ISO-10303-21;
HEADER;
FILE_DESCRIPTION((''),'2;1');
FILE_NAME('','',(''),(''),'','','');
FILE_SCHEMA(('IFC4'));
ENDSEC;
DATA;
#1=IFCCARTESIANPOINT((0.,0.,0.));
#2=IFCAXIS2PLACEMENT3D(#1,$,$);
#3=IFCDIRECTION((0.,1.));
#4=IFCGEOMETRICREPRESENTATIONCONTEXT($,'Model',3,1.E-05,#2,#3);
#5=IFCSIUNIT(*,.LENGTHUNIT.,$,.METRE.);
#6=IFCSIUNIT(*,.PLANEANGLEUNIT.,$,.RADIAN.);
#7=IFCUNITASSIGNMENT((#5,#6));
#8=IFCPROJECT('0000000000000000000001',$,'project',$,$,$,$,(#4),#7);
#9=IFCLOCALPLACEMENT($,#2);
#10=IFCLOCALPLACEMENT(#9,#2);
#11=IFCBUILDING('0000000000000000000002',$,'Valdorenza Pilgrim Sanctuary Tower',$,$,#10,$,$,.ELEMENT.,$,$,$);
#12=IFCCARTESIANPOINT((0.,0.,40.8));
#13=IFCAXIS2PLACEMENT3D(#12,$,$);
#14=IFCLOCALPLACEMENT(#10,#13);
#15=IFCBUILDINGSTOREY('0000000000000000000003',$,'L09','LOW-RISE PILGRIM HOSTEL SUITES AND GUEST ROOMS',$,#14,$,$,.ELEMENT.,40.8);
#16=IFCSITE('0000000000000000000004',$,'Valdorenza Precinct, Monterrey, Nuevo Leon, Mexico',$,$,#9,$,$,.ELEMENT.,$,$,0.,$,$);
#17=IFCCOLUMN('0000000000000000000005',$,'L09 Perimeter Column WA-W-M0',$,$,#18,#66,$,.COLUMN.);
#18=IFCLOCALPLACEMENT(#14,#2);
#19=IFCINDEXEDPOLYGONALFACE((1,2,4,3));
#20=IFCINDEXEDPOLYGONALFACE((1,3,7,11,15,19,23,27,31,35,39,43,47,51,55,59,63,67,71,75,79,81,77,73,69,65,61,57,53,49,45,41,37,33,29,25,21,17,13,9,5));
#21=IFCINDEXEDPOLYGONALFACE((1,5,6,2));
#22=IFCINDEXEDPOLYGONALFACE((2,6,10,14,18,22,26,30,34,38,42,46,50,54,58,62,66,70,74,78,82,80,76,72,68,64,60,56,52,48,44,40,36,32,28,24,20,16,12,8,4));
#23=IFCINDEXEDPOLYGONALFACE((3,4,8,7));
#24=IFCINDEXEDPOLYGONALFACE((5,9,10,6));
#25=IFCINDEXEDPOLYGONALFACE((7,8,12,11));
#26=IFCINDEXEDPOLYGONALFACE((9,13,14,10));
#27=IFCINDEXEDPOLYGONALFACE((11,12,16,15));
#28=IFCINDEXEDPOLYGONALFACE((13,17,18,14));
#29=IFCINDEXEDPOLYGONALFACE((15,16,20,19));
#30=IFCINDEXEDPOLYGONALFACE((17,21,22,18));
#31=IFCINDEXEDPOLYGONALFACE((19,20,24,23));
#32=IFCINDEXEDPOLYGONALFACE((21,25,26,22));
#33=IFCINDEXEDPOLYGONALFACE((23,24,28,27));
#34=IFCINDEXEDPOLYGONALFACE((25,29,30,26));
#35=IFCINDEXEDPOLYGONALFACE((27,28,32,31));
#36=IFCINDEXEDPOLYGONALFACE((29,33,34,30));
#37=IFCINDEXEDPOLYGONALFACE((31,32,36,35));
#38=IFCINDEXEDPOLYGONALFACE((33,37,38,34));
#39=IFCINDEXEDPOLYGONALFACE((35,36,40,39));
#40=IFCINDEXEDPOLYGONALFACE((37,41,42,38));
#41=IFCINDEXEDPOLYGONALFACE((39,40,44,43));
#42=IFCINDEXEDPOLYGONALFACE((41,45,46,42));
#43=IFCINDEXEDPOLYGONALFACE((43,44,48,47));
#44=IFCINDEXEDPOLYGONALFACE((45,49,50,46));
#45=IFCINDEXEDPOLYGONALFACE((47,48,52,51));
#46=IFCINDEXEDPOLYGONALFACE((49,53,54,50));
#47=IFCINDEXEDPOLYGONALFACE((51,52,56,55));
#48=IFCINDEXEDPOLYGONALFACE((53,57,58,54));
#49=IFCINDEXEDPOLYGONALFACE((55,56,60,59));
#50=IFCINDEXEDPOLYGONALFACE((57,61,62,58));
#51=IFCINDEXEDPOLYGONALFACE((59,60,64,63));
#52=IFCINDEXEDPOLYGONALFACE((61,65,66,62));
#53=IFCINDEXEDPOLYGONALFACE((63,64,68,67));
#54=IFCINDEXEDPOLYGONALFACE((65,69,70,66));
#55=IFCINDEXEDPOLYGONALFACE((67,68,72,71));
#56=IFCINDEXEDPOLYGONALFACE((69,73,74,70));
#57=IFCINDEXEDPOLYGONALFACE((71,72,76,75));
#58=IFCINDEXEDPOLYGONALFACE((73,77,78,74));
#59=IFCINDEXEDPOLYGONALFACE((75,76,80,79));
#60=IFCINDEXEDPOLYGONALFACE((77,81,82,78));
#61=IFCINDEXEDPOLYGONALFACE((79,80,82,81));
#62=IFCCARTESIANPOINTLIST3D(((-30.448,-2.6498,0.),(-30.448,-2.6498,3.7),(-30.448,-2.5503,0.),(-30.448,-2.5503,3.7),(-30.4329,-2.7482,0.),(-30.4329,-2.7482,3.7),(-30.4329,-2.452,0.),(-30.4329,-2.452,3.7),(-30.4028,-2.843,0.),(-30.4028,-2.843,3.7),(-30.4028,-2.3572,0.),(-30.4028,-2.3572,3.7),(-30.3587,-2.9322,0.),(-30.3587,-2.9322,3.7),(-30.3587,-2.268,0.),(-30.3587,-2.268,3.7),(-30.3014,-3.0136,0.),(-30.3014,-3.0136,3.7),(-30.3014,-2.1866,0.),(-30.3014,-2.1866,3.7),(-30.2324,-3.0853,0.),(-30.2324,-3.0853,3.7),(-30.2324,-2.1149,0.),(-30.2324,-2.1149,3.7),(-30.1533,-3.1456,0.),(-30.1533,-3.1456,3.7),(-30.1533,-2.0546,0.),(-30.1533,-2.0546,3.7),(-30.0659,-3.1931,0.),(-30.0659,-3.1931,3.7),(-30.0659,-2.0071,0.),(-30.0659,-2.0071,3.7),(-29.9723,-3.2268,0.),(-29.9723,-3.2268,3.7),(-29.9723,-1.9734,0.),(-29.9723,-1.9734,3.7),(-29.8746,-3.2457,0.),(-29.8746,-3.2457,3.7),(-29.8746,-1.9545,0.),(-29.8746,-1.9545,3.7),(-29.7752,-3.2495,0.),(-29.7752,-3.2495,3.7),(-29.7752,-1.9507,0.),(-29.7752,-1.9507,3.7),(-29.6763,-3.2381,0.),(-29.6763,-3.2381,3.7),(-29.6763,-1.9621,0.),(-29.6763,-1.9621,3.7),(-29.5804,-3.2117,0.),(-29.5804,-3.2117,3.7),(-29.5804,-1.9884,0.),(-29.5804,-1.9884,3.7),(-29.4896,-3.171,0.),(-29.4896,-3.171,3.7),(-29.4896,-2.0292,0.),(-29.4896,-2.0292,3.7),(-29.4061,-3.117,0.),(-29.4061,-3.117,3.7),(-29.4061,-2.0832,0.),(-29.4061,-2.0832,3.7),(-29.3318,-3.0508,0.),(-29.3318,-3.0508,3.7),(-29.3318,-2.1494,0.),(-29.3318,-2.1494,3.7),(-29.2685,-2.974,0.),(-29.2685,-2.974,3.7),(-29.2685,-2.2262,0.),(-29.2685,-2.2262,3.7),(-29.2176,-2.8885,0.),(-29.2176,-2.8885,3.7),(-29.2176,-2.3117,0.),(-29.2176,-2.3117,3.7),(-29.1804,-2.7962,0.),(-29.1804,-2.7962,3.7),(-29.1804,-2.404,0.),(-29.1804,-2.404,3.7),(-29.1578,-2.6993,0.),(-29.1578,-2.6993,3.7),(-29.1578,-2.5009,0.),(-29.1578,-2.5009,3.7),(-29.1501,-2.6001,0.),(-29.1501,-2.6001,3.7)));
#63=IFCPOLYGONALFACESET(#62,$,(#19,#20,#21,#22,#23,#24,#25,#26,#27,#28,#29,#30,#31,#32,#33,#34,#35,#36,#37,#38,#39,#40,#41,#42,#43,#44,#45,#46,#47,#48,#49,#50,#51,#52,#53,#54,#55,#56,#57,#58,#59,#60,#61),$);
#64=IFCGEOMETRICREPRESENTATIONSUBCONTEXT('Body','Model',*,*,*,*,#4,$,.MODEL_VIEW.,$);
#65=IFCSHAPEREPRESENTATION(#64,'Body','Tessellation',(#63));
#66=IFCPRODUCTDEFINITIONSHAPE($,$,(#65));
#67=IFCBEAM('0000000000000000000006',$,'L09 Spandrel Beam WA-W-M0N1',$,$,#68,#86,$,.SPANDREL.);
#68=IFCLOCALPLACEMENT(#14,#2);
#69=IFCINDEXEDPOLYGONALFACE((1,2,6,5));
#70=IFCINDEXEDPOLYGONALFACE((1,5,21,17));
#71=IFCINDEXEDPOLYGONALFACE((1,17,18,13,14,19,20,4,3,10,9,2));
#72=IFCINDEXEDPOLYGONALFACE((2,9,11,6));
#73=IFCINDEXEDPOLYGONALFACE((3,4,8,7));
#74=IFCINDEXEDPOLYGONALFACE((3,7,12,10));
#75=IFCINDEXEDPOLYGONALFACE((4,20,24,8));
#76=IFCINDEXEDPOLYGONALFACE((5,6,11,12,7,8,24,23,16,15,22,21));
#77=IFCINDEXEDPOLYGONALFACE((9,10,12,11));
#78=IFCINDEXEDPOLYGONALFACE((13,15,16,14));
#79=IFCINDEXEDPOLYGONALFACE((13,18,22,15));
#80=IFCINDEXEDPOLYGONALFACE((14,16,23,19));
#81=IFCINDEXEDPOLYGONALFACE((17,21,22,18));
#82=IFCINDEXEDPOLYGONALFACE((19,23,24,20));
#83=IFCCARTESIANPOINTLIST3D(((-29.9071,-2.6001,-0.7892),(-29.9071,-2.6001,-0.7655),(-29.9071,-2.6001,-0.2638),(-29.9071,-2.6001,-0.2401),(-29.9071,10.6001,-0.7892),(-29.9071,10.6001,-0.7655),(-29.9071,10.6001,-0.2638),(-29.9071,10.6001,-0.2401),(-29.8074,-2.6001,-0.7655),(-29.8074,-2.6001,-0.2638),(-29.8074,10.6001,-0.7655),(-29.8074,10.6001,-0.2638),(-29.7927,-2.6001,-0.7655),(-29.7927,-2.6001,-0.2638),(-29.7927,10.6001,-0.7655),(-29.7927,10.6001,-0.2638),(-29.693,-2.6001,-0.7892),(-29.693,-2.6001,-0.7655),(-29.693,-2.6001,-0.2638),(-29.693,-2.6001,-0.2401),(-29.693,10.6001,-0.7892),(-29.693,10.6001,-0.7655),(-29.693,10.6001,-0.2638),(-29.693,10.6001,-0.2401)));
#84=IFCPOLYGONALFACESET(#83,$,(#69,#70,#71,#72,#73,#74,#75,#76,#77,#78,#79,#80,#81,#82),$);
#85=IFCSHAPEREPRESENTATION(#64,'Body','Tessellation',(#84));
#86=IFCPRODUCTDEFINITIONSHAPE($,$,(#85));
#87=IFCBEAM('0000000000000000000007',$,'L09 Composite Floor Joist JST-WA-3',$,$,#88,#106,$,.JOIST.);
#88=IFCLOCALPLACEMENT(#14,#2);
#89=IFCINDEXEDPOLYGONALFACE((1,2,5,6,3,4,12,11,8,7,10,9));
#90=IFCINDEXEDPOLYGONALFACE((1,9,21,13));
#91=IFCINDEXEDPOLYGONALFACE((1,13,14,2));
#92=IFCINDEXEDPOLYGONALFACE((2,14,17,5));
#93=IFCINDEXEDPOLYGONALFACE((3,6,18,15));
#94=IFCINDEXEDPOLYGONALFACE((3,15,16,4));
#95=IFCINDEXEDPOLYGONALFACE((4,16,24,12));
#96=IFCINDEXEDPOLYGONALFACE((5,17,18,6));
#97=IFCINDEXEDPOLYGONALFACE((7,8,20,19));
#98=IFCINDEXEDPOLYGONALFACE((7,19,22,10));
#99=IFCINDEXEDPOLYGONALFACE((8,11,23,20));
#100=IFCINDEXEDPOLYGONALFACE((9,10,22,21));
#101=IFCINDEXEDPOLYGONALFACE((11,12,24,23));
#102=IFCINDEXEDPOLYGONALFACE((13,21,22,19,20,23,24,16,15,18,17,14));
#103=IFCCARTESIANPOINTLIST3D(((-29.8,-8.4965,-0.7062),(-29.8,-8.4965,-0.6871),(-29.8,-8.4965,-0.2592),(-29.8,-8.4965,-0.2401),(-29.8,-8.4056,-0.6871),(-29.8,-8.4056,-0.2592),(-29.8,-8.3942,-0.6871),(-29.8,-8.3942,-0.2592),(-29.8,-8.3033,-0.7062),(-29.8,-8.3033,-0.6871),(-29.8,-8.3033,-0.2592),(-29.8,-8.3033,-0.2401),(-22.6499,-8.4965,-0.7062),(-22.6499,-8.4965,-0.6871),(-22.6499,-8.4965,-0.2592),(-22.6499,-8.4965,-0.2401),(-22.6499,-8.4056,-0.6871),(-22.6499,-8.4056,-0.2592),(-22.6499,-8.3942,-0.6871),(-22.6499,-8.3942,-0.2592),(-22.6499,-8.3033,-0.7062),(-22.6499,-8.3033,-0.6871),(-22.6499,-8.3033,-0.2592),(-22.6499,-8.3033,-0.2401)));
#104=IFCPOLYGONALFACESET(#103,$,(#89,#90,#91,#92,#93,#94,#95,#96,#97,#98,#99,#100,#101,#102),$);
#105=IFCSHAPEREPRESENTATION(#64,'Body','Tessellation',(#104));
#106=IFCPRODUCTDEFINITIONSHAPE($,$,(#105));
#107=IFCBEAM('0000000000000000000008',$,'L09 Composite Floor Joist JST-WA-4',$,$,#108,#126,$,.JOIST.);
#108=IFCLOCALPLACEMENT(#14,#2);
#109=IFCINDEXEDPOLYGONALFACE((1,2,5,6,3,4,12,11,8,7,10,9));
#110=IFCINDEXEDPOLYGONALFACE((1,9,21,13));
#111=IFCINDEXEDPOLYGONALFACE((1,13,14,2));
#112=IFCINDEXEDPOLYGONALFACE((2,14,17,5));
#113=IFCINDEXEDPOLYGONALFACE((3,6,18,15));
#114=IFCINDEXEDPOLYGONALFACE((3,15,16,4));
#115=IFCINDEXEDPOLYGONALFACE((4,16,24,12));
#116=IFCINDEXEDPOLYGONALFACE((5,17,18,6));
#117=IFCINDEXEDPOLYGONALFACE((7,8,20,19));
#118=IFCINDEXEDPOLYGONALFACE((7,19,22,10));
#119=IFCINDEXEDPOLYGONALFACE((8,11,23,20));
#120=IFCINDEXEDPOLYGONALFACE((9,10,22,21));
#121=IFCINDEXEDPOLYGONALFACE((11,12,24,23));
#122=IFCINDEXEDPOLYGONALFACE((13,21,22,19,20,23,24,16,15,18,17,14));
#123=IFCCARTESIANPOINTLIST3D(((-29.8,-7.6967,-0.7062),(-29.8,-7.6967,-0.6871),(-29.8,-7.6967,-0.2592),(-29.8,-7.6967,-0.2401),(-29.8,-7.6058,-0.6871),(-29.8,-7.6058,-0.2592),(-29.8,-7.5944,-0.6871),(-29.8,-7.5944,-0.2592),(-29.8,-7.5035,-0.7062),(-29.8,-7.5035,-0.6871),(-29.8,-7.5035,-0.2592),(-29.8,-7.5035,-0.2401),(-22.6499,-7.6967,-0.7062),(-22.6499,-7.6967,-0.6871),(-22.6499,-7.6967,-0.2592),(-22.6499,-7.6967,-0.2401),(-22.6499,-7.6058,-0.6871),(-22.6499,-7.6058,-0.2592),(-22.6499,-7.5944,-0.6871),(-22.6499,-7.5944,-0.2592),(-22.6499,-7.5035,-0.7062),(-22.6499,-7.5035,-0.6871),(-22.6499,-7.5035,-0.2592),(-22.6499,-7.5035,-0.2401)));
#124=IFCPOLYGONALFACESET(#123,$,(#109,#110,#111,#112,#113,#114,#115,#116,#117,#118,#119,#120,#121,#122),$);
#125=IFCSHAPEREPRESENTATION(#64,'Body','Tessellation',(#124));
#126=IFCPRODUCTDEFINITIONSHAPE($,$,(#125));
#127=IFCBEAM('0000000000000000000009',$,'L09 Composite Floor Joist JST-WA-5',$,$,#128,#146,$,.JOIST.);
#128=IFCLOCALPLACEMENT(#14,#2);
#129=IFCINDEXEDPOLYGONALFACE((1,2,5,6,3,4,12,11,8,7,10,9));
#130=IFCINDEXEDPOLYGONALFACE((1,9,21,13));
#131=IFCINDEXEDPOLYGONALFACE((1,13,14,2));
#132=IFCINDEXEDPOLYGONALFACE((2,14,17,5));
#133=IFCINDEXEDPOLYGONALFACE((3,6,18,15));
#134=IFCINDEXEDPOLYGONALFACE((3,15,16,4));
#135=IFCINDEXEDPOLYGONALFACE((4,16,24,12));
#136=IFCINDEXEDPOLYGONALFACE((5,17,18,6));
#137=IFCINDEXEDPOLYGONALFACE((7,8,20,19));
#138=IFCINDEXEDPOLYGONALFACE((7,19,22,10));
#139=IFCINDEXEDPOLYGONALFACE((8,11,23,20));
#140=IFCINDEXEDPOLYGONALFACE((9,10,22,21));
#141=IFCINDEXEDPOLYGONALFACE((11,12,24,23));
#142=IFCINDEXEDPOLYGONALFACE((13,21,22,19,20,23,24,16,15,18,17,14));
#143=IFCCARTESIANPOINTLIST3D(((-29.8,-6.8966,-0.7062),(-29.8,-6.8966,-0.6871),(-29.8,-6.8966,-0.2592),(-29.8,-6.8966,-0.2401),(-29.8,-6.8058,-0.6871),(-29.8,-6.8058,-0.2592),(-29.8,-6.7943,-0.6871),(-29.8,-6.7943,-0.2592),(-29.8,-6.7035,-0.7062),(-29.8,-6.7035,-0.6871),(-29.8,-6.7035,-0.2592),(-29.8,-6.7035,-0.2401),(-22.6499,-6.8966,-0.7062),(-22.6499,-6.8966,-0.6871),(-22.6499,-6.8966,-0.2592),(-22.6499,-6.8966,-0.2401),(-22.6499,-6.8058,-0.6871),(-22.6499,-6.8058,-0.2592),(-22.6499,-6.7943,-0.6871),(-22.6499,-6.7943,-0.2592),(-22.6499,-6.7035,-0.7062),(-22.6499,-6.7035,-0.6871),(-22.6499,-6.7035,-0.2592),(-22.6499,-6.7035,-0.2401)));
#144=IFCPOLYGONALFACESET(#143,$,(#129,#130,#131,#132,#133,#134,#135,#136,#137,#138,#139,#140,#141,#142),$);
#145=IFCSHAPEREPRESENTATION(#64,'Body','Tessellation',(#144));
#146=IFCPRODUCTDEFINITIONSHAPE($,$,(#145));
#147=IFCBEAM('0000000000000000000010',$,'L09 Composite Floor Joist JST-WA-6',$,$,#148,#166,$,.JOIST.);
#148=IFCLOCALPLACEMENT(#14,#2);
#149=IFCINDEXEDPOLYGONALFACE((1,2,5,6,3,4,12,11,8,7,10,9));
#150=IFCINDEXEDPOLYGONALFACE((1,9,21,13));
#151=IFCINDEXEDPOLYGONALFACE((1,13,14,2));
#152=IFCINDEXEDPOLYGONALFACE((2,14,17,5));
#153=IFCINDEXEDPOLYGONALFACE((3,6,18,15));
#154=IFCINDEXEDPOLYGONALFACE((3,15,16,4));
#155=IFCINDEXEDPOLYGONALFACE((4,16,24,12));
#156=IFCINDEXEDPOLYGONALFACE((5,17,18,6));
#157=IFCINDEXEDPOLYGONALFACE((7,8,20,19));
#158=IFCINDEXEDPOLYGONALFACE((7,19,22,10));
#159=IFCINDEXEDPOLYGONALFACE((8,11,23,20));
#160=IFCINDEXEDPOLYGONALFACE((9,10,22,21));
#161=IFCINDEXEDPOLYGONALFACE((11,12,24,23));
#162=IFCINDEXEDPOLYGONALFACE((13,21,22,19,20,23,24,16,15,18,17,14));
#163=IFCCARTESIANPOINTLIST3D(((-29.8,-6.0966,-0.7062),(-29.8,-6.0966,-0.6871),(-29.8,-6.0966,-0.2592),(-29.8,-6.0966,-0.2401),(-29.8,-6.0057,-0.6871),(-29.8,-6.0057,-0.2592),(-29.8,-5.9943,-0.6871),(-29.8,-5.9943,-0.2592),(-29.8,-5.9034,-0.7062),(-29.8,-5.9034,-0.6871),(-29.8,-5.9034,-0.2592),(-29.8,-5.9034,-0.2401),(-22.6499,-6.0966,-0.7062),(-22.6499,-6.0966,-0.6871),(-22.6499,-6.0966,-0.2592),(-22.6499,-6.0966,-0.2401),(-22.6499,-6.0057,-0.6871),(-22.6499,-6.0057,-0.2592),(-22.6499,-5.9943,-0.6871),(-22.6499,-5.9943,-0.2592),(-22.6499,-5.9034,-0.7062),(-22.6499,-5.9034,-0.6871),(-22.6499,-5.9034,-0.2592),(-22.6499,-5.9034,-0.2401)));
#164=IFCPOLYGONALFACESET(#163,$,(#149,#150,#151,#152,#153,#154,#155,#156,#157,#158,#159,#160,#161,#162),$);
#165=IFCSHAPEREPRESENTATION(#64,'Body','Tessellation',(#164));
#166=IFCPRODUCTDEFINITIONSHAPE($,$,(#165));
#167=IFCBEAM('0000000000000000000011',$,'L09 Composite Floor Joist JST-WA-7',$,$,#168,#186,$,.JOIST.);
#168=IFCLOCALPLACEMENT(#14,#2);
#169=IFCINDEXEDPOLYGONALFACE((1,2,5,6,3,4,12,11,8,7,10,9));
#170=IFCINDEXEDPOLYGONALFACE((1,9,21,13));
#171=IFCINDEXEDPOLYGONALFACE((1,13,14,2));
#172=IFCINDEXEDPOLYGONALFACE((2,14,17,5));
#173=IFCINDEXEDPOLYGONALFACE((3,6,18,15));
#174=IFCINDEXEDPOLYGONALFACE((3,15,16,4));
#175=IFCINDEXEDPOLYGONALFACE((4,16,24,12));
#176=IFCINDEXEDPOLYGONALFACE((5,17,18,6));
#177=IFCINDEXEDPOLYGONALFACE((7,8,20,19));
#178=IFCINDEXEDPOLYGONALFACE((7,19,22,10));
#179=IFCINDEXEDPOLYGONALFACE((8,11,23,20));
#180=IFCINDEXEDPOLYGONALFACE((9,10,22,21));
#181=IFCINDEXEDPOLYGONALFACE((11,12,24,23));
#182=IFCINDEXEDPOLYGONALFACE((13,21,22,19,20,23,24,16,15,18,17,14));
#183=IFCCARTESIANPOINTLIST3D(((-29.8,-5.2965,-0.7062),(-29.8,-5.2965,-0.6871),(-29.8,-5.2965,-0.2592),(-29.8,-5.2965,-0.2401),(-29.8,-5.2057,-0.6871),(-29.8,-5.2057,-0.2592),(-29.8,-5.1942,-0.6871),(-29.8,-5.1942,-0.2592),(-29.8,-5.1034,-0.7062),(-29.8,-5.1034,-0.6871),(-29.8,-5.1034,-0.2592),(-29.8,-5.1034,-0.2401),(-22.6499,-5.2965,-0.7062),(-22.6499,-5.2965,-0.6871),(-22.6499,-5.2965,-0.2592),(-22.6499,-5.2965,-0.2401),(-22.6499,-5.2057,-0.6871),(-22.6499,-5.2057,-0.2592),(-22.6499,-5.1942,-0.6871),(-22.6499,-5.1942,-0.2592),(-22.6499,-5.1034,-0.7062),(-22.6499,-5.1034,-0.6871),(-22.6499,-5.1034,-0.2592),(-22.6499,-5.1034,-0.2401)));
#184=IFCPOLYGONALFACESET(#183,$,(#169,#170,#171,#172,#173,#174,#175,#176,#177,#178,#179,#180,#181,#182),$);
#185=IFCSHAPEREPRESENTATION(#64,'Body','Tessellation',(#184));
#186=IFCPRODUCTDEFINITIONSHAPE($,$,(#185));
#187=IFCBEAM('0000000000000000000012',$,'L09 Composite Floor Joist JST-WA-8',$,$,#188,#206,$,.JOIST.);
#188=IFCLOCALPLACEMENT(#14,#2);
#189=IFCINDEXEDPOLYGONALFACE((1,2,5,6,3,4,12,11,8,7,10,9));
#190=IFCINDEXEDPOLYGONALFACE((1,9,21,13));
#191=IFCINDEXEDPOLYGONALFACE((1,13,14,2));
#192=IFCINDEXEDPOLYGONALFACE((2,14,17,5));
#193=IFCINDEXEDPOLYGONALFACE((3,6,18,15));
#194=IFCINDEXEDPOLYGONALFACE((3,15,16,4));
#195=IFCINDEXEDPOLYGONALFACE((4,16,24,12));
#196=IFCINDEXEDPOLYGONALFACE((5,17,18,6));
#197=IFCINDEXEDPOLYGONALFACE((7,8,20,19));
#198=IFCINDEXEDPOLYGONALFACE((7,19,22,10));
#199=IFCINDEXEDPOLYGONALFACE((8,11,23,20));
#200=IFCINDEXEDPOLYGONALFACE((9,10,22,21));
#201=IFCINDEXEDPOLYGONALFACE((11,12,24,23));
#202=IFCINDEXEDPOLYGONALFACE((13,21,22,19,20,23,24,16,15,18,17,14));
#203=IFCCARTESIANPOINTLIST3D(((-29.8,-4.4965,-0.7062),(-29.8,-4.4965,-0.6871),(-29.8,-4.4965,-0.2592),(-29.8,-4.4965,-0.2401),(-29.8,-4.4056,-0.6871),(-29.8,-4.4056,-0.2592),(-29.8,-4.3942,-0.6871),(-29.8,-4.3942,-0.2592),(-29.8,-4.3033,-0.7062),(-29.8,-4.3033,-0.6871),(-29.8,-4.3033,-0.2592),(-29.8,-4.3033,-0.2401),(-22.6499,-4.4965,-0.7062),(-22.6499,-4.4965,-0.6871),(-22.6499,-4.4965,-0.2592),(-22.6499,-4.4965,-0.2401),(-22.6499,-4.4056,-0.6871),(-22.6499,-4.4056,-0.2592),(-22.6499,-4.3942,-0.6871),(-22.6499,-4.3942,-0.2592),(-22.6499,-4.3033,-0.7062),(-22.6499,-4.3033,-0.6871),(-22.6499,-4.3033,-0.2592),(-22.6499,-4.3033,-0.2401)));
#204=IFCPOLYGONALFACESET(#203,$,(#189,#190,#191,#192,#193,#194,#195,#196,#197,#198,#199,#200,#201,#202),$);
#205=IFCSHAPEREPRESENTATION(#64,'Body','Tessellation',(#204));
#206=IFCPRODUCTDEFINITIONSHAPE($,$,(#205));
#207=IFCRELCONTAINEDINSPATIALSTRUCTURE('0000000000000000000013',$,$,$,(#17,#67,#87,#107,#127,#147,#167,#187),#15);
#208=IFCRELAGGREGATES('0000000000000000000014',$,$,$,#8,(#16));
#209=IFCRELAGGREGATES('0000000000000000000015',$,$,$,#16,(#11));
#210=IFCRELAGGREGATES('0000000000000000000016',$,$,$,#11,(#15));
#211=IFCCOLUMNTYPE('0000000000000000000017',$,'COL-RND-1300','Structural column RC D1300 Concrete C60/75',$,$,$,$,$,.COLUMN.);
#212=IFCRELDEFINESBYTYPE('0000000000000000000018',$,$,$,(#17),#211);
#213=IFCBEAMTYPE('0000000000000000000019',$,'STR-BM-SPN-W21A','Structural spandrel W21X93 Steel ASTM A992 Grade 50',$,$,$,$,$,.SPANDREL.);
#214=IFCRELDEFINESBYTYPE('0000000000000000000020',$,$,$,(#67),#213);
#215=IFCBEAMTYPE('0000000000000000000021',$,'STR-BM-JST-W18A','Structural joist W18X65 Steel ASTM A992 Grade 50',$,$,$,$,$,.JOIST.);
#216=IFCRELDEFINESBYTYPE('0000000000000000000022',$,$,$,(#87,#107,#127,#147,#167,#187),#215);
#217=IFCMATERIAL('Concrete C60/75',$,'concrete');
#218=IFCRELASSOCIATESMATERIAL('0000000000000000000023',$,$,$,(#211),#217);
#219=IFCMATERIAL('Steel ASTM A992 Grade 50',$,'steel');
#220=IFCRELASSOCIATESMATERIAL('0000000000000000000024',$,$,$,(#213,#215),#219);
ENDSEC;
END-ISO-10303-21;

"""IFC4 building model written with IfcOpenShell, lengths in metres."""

from ifc_helpers import new_model, si_unit, direction, frame, origin, origin_2d, place, context, subcontext, project, spatial, circle, i_section, extrude, source, transform, mapped, material, material_profile, profile_set, type_object, element, save


model = new_model("IFC4")

# Units and contexts
model_context = context("Model", 3, precision=1e-05, world=origin(), true_north=direction((0.0, 1.0)))
body_context = subcontext(model_context, "Body", "Model", "MODEL_VIEW")
ifc_project = project(units=[si_unit("LENGTHUNIT", "METRE"), si_unit("PLANEANGLEUNIT", "RADIAN")], contexts=[model_context])

# Site, building, storey
site_placement = place(None, origin())
site = spatial("IfcSite", under=ifc_project, at=site_placement, Name="Valdorenza Precinct, Monterrey, Nuevo Leon, Mexico", CompositionType="ELEMENT", RefElevation=0.0)
building_placement = place(site_placement, origin())
building = spatial("IfcBuilding", under=site, at=building_placement, Name="Valdorenza Pilgrim Sanctuary Tower", CompositionType="ELEMENT")
storey_placement = place(building_placement, frame((0.0, 0.0, 40.8)))
storey = spatial("IfcBuildingStorey", under=building, at=storey_placement, Name="L09", Description="LOW-RISE PILGRIM HOSTEL SUITES AND GUEST ROOMS", CompositionType="ELEMENT", Elevation=40.8)

# Column
ifc_material_1 = material(Name="Concrete C60/75", Category="concrete")
ifc_material_profile_1 = material_profile(ifc_material_1, circle(Radius=0.6499, at=origin_2d()), Name="RC D1300")
ifc_profile_set_1 = profile_set([ifc_material_profile_1], Name="Concrete C60/75")
column_type = type_object("IfcColumnType", Name="COL-RND-1300", Description="Structural column RC D1300 Concrete C60/75", PredefinedType="COLUMN", material=ifc_profile_set_1)
shared_shape_1 = source(origin(), body_context, "Body", "SweptSolid", [
    extrude(circle(Radius=0.6499, at=origin_2d()), origin(), (0.0, 0.0, 1.0), 3.7),
])
column_placement = place(storey_placement, frame((-29.8, -2.6001, 0.0), z_axis=(0.0, 0.0, 1.0), x_axis=(1.0, 0.0, 0.0)))
element("IfcColumn", 1, at=column_placement, inside=storey, type_object=column_type, Name="L09 Perimeter Column WA-W-M0", PredefinedType="COLUMN", context=body_context, shape_type="MappedRepresentation", body=[
    mapped(shared_shape_1, transform((0.0, 0.0, 0.0), x_axis=(1.0, 0.0, 0.0), y_axis=(0.0, 1.0, 0.0), z_axis=(0.0, 0.0, 1.0), scale=1.0)),
])

# Beams
ifc_material_2 = material(Name="Steel ASTM A992 Grade 50", Category="steel")
ifc_material_profile_2 = material_profile(ifc_material_2, i_section(OverallWidth=0.2141, OverallDepth=0.5491, WebThickness=0.0146, FlangeThickness=0.0237, at=origin_2d()), Name="W21X93")
ifc_profile_set_2 = profile_set([ifc_material_profile_2], Name="Steel ASTM A992 Grade 50")
beam_type_1 = type_object("IfcBeamType", Name="STR-BM-SPN-W21A", Description="Structural spandrel W21X93 Steel ASTM A992 Grade 50", PredefinedType="SPANDREL", material=ifc_profile_set_2)
shared_shape_2 = source(origin(), body_context, "Body", "SweptSolid", [
    extrude(i_section(OverallWidth=0.2141, OverallDepth=0.5491, WebThickness=0.0146, FlangeThickness=0.0237, at=origin_2d()), origin(), (0.0, 0.0, 1.0), 13.2002),
])
beam_1_placement = place(storey_placement, frame((-29.8, -2.6001, -0.5146), z_axis=(0.0, 1.0, 0.0), x_axis=(-1.0, 0.0, 0.0)))
element("IfcBeam", 2, at=beam_1_placement, inside=storey, type_object=beam_type_1, Name="L09 Spandrel Beam WA-W-M0N1", PredefinedType="SPANDREL", context=body_context, shape_type="MappedRepresentation", body=[
    mapped(shared_shape_2, transform((0.0, 0.0, 0.0), x_axis=(1.0, 0.0, 0.0), y_axis=(0.0, 1.0, 0.0), z_axis=(0.0, 0.0, 1.0), scale=1.0)),
])
ifc_material_profile_3 = material_profile(ifc_material_2, i_section(OverallWidth=0.1931, OverallDepth=0.4661, WebThickness=0.0115, FlangeThickness=0.019, at=origin_2d()), Name="W18X65")
ifc_profile_set_3 = profile_set([ifc_material_profile_3], Name="Steel ASTM A992 Grade 50")
beam_type_2 = type_object("IfcBeamType", Name="STR-BM-JST-W18A", Description="Structural joist W18X65 Steel ASTM A992 Grade 50", PredefinedType="JOIST", material=ifc_profile_set_3)
shared_shape_3 = source(origin(), body_context, "Body", "SweptSolid", [
    extrude(i_section(OverallWidth=0.1931, OverallDepth=0.4661, WebThickness=0.0115, FlangeThickness=0.019, at=origin_2d()), origin(), (0.0, 0.0, 1.0), 7.1501),
])
for number, where, z_axis, x_axis, name in (
    (3, (-29.8, -8.3999, -0.4731), (1.0, 0.0, 0.0), (0.0, 1.0, 0.0), "L09 Composite Floor Joist JST-WA-3"),
    (4, (-29.8, -7.6001, -0.4731), (1.0, 0.0, 0.0), (0.0, 1.0, 0.0), "L09 Composite Floor Joist JST-WA-4"),
    (5, (-29.8, -6.8, -0.4731), (1.0, 0.0, 0.0), (0.0, 1.0, 0.0), "L09 Composite Floor Joist JST-WA-5"),
    (6, (-29.8, -6.0, -0.4731), (1.0, 0.0, 0.0), (0.0, 1.0, 0.0), "L09 Composite Floor Joist JST-WA-6"),
    (7, (-29.8, -5.2, -0.4731), (1.0, 0.0, 0.0), (0.0, 1.0, 0.0), "L09 Composite Floor Joist JST-WA-7"),
    (8, (-29.8, -4.3999, -0.4731), (1.0, 0.0, 0.0), (0.0, 1.0, 0.0), "L09 Composite Floor Joist JST-WA-8"),
):
    element("IfcBeam", number, at=place(storey_placement, frame(where, z_axis=z_axis, x_axis=x_axis)), inside=storey, type_object=beam_type_2, Name=name, PredefinedType="JOIST", context=body_context, shape_type="MappedRepresentation", body=[
        mapped(shared_shape_3, transform((0.0, 0.0, 0.0), x_axis=(1.0, 0.0, 0.0), y_axis=(0.0, 1.0, 0.0), z_axis=(0.0, 0.0, 1.0), scale=1.0)),
    ])

save(model, "model.ifc")
